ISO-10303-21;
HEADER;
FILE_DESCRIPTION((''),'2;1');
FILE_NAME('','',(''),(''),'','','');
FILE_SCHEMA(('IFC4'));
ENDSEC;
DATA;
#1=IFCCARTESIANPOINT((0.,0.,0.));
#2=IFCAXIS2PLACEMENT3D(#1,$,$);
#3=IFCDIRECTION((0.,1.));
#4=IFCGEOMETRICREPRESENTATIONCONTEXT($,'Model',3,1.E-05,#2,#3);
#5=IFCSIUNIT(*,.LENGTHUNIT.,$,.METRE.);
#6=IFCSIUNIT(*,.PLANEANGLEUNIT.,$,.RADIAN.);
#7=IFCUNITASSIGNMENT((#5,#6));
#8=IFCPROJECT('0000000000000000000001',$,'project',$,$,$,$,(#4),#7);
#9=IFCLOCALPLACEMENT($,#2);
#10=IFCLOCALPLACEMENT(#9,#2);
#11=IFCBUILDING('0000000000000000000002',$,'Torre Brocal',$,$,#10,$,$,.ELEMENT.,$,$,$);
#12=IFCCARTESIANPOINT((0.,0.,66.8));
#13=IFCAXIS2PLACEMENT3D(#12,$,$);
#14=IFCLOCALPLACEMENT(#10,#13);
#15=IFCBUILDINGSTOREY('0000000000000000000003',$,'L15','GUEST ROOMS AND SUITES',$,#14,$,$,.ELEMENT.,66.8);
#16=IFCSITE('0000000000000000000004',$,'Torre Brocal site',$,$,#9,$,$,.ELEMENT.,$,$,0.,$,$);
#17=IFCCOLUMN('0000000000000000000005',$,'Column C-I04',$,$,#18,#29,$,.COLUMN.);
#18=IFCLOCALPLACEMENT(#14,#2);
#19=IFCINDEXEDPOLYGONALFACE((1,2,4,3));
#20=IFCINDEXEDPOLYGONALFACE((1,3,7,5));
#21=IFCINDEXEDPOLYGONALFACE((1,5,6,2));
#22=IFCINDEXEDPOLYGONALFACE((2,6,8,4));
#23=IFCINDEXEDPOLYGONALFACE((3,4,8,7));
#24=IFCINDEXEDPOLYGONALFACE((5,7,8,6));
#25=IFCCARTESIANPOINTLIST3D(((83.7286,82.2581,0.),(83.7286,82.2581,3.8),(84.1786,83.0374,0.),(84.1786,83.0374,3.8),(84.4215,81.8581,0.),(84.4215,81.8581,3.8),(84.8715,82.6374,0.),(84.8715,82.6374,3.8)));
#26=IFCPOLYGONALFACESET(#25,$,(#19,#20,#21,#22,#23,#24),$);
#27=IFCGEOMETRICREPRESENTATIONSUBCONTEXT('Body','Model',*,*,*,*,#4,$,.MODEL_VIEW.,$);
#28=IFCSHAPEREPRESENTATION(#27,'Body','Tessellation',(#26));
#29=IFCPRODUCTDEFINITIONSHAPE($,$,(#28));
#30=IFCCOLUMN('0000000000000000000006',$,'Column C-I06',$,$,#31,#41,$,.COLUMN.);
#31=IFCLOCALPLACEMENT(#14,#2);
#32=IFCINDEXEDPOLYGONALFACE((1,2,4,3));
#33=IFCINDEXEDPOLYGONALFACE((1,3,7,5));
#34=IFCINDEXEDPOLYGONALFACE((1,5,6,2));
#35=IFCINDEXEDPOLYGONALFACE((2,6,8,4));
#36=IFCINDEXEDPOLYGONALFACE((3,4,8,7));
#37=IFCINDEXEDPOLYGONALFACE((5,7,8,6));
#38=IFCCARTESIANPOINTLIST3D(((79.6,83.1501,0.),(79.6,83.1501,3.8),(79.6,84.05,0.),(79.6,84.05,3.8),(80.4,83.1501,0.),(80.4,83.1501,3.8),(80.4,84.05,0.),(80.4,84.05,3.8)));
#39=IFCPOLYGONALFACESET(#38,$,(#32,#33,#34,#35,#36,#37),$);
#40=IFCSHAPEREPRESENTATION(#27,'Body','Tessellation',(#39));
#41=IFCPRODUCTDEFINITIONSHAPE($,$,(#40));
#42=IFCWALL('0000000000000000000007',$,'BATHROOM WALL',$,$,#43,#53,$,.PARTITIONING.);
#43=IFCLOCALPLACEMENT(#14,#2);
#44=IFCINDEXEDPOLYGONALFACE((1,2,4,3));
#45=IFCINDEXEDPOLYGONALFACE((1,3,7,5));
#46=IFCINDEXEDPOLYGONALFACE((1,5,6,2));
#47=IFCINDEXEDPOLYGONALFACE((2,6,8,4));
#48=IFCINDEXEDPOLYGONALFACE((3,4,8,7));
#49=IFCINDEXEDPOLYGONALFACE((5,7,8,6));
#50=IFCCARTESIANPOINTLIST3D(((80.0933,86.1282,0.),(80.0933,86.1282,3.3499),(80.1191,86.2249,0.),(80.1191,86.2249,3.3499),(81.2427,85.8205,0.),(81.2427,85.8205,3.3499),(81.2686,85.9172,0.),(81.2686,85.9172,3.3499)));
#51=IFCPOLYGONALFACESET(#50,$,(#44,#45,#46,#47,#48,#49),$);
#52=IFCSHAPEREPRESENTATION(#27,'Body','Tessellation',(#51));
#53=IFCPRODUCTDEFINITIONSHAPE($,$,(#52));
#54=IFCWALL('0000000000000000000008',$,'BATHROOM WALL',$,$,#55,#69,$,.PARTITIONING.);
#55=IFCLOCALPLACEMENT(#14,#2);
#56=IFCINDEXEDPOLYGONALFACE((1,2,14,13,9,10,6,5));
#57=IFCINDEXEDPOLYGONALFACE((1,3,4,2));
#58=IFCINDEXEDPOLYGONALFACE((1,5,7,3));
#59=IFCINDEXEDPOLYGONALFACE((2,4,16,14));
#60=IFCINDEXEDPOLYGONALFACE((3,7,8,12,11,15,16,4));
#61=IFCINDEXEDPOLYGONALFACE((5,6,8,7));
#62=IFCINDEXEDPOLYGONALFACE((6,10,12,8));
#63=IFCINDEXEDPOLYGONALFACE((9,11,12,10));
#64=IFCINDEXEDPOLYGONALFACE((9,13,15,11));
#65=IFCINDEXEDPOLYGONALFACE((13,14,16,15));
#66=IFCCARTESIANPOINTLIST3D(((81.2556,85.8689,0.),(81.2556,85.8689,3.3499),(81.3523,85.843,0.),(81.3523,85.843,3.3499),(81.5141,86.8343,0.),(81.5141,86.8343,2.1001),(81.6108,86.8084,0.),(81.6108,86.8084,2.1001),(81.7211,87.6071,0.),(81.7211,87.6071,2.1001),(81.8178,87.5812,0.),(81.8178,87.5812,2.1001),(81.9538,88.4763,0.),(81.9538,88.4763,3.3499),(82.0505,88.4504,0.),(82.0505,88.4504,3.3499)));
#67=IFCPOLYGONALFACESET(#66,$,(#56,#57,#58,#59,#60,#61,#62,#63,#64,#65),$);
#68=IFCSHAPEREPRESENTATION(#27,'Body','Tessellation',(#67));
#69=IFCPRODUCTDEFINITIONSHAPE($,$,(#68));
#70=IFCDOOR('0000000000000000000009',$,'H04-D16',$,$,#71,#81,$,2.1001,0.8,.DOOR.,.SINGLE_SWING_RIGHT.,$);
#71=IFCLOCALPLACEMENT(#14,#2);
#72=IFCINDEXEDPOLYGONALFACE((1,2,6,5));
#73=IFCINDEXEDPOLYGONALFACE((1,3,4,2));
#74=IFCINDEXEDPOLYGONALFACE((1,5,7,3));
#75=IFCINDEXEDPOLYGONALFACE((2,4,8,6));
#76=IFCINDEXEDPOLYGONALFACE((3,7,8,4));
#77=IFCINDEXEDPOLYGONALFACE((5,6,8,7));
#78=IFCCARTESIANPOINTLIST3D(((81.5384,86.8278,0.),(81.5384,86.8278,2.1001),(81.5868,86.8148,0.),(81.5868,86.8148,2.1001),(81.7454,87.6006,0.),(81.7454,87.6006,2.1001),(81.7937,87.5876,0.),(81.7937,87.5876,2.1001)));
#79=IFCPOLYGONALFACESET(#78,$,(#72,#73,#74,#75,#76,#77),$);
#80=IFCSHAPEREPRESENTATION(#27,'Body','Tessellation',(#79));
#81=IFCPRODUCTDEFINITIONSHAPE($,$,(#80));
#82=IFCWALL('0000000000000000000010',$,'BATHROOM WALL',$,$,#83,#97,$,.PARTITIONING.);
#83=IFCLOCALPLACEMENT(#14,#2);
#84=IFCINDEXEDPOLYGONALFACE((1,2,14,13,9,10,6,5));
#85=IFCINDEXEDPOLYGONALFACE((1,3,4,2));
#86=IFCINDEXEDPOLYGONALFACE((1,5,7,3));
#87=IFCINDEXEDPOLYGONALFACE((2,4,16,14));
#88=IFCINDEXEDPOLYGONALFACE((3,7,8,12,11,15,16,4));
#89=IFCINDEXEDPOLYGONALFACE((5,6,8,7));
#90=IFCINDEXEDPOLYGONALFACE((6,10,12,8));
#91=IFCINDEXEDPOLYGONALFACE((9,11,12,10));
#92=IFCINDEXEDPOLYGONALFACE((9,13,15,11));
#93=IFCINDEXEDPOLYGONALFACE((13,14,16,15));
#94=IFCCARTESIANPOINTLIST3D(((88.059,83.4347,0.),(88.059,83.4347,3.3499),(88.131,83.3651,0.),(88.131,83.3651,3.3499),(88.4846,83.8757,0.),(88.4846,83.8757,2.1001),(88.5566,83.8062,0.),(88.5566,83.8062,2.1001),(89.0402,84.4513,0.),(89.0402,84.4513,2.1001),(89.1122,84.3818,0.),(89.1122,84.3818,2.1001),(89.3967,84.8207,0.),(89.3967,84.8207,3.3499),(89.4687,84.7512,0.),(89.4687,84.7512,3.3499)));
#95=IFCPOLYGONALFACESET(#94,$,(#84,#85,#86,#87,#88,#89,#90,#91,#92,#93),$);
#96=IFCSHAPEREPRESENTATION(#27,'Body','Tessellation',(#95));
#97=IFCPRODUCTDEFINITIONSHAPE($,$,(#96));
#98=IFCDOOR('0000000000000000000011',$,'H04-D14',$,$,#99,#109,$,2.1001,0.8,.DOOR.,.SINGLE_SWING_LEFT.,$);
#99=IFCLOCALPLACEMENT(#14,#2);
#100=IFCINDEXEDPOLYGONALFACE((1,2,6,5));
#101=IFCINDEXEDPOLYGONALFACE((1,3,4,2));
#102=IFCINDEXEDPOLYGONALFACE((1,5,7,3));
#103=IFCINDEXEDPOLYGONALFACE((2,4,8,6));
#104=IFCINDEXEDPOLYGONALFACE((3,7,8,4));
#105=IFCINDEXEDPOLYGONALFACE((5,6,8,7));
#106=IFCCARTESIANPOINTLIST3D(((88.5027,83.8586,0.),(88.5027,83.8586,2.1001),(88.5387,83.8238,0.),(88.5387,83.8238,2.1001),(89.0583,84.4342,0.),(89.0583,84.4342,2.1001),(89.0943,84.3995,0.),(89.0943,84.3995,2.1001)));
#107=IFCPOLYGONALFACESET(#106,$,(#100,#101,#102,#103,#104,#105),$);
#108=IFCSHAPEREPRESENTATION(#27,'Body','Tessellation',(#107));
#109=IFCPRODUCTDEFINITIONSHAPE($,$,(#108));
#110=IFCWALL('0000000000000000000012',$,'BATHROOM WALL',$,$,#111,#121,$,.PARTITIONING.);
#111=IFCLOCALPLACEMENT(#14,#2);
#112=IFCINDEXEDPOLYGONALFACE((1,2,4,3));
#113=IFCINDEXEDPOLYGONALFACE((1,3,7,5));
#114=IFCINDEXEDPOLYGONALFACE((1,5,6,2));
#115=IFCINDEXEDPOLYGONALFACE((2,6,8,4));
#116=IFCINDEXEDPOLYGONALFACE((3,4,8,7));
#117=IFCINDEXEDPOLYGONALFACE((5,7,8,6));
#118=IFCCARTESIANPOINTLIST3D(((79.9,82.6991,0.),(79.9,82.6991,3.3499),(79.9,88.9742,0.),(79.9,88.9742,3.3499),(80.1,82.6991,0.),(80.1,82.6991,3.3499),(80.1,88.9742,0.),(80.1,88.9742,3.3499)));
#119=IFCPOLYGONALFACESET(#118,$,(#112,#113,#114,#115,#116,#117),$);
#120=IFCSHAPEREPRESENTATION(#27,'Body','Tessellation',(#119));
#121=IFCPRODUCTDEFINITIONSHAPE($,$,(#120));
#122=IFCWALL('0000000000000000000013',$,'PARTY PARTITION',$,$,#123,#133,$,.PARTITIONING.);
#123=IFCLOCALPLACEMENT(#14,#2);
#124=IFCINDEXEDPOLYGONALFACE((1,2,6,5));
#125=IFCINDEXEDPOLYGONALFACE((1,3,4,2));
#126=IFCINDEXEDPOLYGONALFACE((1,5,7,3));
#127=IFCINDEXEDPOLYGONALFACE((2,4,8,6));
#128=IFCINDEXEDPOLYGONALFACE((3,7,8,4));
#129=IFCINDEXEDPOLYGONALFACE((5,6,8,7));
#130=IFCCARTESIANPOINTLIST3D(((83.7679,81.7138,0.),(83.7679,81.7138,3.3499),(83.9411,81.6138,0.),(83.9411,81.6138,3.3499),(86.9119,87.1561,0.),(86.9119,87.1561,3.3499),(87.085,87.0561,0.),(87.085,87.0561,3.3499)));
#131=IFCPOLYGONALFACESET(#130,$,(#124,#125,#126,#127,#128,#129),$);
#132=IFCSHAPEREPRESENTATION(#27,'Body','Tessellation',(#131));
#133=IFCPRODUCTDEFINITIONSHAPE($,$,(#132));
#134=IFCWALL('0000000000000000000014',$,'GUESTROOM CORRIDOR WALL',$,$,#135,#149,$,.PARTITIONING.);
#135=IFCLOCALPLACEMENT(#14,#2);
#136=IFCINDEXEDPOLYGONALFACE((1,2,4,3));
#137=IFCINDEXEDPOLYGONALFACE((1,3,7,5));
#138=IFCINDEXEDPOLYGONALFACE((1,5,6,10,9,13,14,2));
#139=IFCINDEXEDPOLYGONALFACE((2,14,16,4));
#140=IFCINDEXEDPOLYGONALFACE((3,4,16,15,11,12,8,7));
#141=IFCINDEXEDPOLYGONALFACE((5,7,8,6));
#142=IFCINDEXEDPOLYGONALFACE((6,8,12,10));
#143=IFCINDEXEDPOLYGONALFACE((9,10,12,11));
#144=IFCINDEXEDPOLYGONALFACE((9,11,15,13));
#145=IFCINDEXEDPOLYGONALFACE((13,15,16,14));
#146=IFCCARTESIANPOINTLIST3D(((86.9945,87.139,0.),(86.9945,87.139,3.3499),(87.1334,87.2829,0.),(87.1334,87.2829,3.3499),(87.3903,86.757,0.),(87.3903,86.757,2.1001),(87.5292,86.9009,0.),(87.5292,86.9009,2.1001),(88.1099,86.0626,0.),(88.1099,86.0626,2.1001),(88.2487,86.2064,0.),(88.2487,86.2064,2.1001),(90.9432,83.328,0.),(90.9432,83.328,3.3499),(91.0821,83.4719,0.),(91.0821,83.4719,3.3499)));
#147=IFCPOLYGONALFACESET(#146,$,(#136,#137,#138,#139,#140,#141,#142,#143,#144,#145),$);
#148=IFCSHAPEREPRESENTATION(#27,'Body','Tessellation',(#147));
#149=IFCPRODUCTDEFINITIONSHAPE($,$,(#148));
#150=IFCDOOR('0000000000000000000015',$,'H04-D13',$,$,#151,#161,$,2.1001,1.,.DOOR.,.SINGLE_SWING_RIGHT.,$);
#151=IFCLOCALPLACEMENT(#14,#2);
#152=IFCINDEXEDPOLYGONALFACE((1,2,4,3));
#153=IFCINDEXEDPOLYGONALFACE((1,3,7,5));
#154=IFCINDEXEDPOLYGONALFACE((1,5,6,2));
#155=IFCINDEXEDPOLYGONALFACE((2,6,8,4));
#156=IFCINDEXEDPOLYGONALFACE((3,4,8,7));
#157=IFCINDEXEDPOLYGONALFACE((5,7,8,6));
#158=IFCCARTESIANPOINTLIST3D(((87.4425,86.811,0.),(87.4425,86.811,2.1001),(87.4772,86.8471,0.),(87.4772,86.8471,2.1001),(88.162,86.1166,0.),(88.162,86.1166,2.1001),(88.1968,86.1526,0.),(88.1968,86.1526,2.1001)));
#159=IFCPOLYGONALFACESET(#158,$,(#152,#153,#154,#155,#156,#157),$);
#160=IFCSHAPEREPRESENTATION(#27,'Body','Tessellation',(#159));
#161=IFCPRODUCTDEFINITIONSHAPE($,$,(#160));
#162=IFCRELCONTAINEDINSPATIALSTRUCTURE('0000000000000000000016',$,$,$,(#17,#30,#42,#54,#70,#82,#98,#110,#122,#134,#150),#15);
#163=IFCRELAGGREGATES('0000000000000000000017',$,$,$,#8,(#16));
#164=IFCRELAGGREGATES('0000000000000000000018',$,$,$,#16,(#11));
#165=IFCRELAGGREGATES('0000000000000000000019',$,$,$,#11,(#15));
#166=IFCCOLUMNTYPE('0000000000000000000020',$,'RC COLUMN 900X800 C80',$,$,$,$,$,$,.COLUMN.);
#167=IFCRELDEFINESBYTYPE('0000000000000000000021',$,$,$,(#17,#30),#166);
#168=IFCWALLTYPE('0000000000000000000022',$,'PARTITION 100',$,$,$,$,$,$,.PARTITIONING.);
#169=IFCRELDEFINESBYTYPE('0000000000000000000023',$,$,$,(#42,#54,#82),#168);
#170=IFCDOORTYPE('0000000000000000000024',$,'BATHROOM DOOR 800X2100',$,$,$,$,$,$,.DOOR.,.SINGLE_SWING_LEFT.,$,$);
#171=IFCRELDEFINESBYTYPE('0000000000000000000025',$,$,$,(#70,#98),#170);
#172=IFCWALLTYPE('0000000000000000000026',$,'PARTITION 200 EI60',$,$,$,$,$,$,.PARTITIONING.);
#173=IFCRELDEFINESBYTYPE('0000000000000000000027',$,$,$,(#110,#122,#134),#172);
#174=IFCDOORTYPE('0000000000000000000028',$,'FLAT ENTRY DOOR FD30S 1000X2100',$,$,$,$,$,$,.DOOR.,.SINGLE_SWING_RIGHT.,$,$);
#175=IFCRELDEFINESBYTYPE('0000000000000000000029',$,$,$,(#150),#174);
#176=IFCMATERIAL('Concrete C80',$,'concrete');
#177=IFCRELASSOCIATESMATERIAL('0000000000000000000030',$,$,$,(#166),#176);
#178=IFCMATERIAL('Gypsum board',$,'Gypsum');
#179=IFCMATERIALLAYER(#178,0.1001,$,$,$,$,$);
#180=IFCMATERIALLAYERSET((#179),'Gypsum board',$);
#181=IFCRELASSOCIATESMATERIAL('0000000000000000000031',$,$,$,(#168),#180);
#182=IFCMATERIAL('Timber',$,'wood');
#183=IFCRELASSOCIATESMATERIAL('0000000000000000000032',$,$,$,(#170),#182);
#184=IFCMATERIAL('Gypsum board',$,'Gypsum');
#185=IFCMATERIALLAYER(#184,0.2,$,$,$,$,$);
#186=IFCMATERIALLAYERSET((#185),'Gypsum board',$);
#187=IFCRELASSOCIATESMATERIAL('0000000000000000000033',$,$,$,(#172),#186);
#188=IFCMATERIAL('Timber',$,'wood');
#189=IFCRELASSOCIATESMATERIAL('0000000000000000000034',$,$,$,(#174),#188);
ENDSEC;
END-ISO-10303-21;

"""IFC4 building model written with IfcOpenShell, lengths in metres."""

from ifc_helpers import new_model, si_unit, direction, frame, frame_2d, origin, origin_2d, place, context, subcontext, project, spatial, rectangle, extrude, material, layer, layer_set, material_profile, profile_set, type_object, element, fill, save


model = new_model("IFC4")

# Units and contexts
model_context = context("Model", 3, precision=1e-05, world=origin(), true_north=direction((0.0, 1.0)))
body_context = subcontext(model_context, "Body", "Model", "MODEL_VIEW")
ifc_project = project(units=[si_unit("LENGTHUNIT", "METRE"), si_unit("PLANEANGLEUNIT", "RADIAN")], contexts=[model_context])

# Site, building, storey
site_placement = place(None, origin())
site = spatial("IfcSite", under=ifc_project, at=site_placement, Name="Torre Brocal site", CompositionType="ELEMENT", RefElevation=0.0)
building_placement = place(site_placement, origin())
building = spatial("IfcBuilding", under=site, at=building_placement, Name="Torre Brocal", CompositionType="ELEMENT")
storey_placement = place(building_placement, frame((0.0, 0.0, 66.8)))
storey = spatial("IfcBuildingStorey", under=building, at=storey_placement, Name="L15", Description="GUEST ROOMS AND SUITES", CompositionType="ELEMENT", Elevation=66.8)

# Columns
ifc_material_1 = material(Name="Concrete C80", Category="concrete")
ifc_material_profile = material_profile(ifc_material_1, rectangle(XDim=0.8999, YDim=0.8, at=origin_2d()), Name="RC 900X800")
ifc_profile_set = profile_set([ifc_material_profile], Name="Concrete C80")
column_type = type_object("IfcColumnType", Name="RC COLUMN 900X800 C80", PredefinedType="COLUMN", material=ifc_profile_set)
for number, where, z_axis, x_axis, name in (
    (1, (84.3, 82.4478, 0.0), (0.0, 0.0, 1.0), (0.5, 0.866025, 0.0), "Column C-I04"),
    (2, (80.0, 83.6001, 0.0), (0.0, 0.0, 1.0), (0.0, 1.0, 0.0), "Column C-I06"),
):
    element("IfcColumn", number, at=place(storey_placement, frame(where, z_axis=z_axis, x_axis=x_axis)), inside=storey, type_object=column_type, Name=name, PredefinedType="COLUMN", context=body_context, shape_type="SweptSolid", body=[
        extrude(rectangle(XDim=0.8999, YDim=0.8, at=origin_2d()), origin(), (0.0, 0.0, 1.0), 3.8),
    ])

# Wall
ifc_material_2 = material(Name="Gypsum board", Category="Gypsum")
ifc_layer_1 = layer(ifc_material_2, 0.1001)
ifc_layer_set_1 = layer_set([ifc_layer_1], Name="Gypsum board")
wall_type_1 = type_object("IfcWallType", Name="PARTITION 100", PredefinedType="PARTITIONING", material=ifc_layer_set_1)
wall_1_placement = place(storey_placement, frame((80.1062, 86.1765, 0.0), z_axis=(0.0, 0.0, 1.0), x_axis=(0.966003, -0.258531, 0.0)))
element("IfcWall", 3, at=wall_1_placement, inside=storey, type_object=wall_type_1, Name="BATHROOM WALL", PredefinedType="PARTITIONING", context=body_context, shape_type="SweptSolid", body=[
    extrude(rectangle(XDim=1.1899, YDim=0.1001, at=frame_2d((0.595, 0.0))), origin(), (0.0, 0.0, 1.0), 3.3499),
])

# Walls, openings, doors
wall_2_placement = place(storey_placement, frame((81.304, 85.856, 0.0), z_axis=(0.0, 0.0, 1.0), x_axis=(0.258676, 0.965964, 0.0)))
wall_2 = element("IfcWall", 4, at=wall_2_placement, inside=storey, type_object=wall_type_1, Name="BATHROOM WALL", PredefinedType="PARTITIONING", context=body_context, shape_type="SweptSolid", body=[
    extrude(rectangle(XDim=2.6992, YDim=0.1001, at=frame_2d((1.3496, 0.0))), origin(), (0.0, 0.0, 1.0), 3.3499),
])
opening_1_placement = place(wall_2_placement, frame((0.9995, 0.0, 0.0)))
opening_1 = element("IfcOpeningElement", 5, at=opening_1_placement, cuts=wall_2, PredefinedType="OPENING", context=body_context, shape_type="SweptSolid", body=[
    extrude(rectangle(XDim=0.8, YDim=2.1001, at=frame_2d((0.3999, 1.05))), frame((0.0, 0.0601, 0.0), z_axis=(0.0, -1.0, 0.0), x_axis=(1.0, 0.0, 0.0)), (0.0, 0.0, 1.0), 0.1201),
])
ifc_material_3 = material(Name="Timber", Category="wood")
door_type_1 = type_object("IfcDoorType", Name="BATHROOM DOOR 800X2100", OperationType="SINGLE_SWING_LEFT", PredefinedType="DOOR", material=ifc_material_3)
door_1_placement = place(opening_1_placement, origin())
door_1 = element("IfcDoor", 6, at=door_1_placement, inside=storey, type_object=door_type_1, Name="H04-D16", OperationType="SINGLE_SWING_RIGHT", OverallHeight=2.1001, OverallWidth=0.8, PredefinedType="DOOR", context=body_context, shape_type="SweptSolid", body=[
    extrude(rectangle(XDim=0.8, YDim=2.1001, at=frame_2d((0.3999, 1.05))), frame((0.0, 0.0249, 0.0), z_axis=(0.0, -1.0, 0.0), x_axis=(1.0, 0.0, 0.0)), (0.0, 0.0, 1.0), 0.05),
])
fill(opening_1, door_1)
wall_3_placement = place(storey_placement, frame((88.095, 83.3999, 0.0), z_axis=(0.0, 0.0, 1.0), x_axis=(0.694447, 0.719543, 0.0)))
wall_3 = element("IfcWall", 7, at=wall_3_placement, inside=storey, type_object=wall_type_1, Name="BATHROOM WALL", PredefinedType="PARTITIONING", context=body_context, shape_type="SweptSolid", body=[
    extrude(rectangle(XDim=1.9263, YDim=0.1001, at=frame_2d((0.9631, 0.0))), origin(), (0.0, 0.0, 1.0), 3.3499),
])
opening_2_placement = place(wall_3_placement, frame((0.613, 0.0, 0.0)))
opening_2 = element("IfcOpeningElement", 8, at=opening_2_placement, cuts=wall_3, PredefinedType="OPENING", context=body_context, shape_type="SweptSolid", body=[
    extrude(rectangle(XDim=0.8, YDim=2.1001, at=frame_2d((0.3999, 1.05))), frame((0.0, 0.0601, 0.0), z_axis=(0.0, -1.0, 0.0), x_axis=(1.0, 0.0, 0.0)), (0.0, 0.0, 1.0), 0.1201),
])
door_2_placement = place(opening_2_placement, frame((0.8, 0.0, 0.0), z_axis=(0.0, 0.0, 1.0), x_axis=(-1.0, 0.0, 0.0)))
door_2 = element("IfcDoor", 9, at=door_2_placement, inside=storey, type_object=door_type_1, Name="H04-D14", OperationType="SINGLE_SWING_LEFT", OverallHeight=2.1001, OverallWidth=0.8, PredefinedType="DOOR", context=body_context, shape_type="SweptSolid", body=[
    extrude(rectangle(XDim=0.8, YDim=2.1001, at=frame_2d((0.3999, 1.05))), frame((0.0, 0.0249, 0.0), z_axis=(0.0, -1.0, 0.0), x_axis=(1.0, 0.0, 0.0)), (0.0, 0.0, 1.0), 0.05),
])
fill(opening_2, door_2)

# Walls
ifc_material_4 = material(Name="Gypsum board", Category="Gypsum")
ifc_layer_2 = layer(ifc_material_4, 0.2)
ifc_layer_set_2 = layer_set([ifc_layer_2], Name="Gypsum board")
wall_type_2 = type_object("IfcWallType", Name="PARTITION 200 EI60", PredefinedType="PARTITIONING", material=ifc_layer_set_2)
wall_4_placement = place(storey_placement, frame((80.0, 82.699, 0.0), z_axis=(0.0, 0.0, 1.0), x_axis=(0.0, 1.0, 0.0)))
element("IfcWall", 10, at=wall_4_placement, inside=storey, type_object=wall_type_2, Name="BATHROOM WALL", PredefinedType="PARTITIONING", context=body_context, shape_type="SweptSolid", body=[
    extrude(rectangle(XDim=6.2751, YDim=0.2, at=frame_2d((3.1377, 0.0))), origin(), (0.0, 0.0, 1.0), 3.3499),
])
wall_5_placement = place(storey_placement, frame((83.8545, 81.6638, 0.0), z_axis=(0.0, 0.0, 1.0), x_axis=(0.500225, 0.865896, 0.0)))
element("IfcWall", 11, at=wall_5_placement, inside=storey, type_object=wall_type_2, Name="PARTY PARTITION", PredefinedType="PARTITIONING", context=body_context, shape_type="SweptSolid", body=[
    extrude(rectangle(XDim=6.2852, YDim=0.2, at=frame_2d((3.1426, 0.0))), origin(), (0.0, 0.0, 1.0), 3.3499),
])

# Wall, opening, door
wall_6_placement = place(storey_placement, frame((87.064, 87.2109, 0.0), z_axis=(0.0, 0.0, 1.0), x_axis=(0.719541, -0.69445, 0.0)))
wall_6 = element("IfcWall", 12, at=wall_6_placement, inside=storey, type_object=wall_type_2, Name="GUESTROOM CORRIDOR WALL", PredefinedType="PARTITIONING", context=body_context, shape_type="SweptSolid", body=[
    extrude(rectangle(XDim=5.4878, YDim=0.2, at=frame_2d((2.7439, 0.0))), origin(), (0.0, 0.0, 1.0), 3.3499),
])
opening_3_placement = place(wall_6_placement, frame((0.55, 0.0, 0.0)))
opening_3 = element("IfcOpeningElement", 13, at=opening_3_placement, cuts=wall_6, PredefinedType="OPENING", context=body_context, shape_type="SweptSolid", body=[
    extrude(rectangle(XDim=1.0, YDim=2.1001, at=frame_2d((0.5, 1.05))), frame((0.0, 0.1099, 0.0), z_axis=(0.0, -1.0, 0.0), x_axis=(1.0, 0.0, 0.0)), (0.0, 0.0, 1.0), 0.22),
])
ifc_material_5 = material(Name="Timber", Category="wood")
door_type_2 = type_object("IfcDoorType", Name="FLAT ENTRY DOOR FD30S 1000X2100", OperationType="SINGLE_SWING_RIGHT", PredefinedType="DOOR", material=ifc_material_5)
door_3_placement = place(opening_3_placement, frame((1.0, 0.0, 0.0), z_axis=(0.0, 0.0, 1.0), x_axis=(-1.0, 0.0, 0.0)))
door_3 = element("IfcDoor", 14, at=door_3_placement, inside=storey, type_object=door_type_2, Name="H04-D13", OperationType="SINGLE_SWING_RIGHT", OverallHeight=2.1001, OverallWidth=1.0, PredefinedType="DOOR", context=body_context, shape_type="SweptSolid", body=[
    extrude(rectangle(XDim=1.0, YDim=2.1001, at=frame_2d((0.5, 1.05))), frame((0.0, 0.0249, 0.0), z_axis=(0.0, -1.0, 0.0), x_axis=(1.0, 0.0, 0.0)), (0.0, 0.0, 1.0), 0.05),
])
fill(opening_3, door_3)

save(model, "model.ifc")
